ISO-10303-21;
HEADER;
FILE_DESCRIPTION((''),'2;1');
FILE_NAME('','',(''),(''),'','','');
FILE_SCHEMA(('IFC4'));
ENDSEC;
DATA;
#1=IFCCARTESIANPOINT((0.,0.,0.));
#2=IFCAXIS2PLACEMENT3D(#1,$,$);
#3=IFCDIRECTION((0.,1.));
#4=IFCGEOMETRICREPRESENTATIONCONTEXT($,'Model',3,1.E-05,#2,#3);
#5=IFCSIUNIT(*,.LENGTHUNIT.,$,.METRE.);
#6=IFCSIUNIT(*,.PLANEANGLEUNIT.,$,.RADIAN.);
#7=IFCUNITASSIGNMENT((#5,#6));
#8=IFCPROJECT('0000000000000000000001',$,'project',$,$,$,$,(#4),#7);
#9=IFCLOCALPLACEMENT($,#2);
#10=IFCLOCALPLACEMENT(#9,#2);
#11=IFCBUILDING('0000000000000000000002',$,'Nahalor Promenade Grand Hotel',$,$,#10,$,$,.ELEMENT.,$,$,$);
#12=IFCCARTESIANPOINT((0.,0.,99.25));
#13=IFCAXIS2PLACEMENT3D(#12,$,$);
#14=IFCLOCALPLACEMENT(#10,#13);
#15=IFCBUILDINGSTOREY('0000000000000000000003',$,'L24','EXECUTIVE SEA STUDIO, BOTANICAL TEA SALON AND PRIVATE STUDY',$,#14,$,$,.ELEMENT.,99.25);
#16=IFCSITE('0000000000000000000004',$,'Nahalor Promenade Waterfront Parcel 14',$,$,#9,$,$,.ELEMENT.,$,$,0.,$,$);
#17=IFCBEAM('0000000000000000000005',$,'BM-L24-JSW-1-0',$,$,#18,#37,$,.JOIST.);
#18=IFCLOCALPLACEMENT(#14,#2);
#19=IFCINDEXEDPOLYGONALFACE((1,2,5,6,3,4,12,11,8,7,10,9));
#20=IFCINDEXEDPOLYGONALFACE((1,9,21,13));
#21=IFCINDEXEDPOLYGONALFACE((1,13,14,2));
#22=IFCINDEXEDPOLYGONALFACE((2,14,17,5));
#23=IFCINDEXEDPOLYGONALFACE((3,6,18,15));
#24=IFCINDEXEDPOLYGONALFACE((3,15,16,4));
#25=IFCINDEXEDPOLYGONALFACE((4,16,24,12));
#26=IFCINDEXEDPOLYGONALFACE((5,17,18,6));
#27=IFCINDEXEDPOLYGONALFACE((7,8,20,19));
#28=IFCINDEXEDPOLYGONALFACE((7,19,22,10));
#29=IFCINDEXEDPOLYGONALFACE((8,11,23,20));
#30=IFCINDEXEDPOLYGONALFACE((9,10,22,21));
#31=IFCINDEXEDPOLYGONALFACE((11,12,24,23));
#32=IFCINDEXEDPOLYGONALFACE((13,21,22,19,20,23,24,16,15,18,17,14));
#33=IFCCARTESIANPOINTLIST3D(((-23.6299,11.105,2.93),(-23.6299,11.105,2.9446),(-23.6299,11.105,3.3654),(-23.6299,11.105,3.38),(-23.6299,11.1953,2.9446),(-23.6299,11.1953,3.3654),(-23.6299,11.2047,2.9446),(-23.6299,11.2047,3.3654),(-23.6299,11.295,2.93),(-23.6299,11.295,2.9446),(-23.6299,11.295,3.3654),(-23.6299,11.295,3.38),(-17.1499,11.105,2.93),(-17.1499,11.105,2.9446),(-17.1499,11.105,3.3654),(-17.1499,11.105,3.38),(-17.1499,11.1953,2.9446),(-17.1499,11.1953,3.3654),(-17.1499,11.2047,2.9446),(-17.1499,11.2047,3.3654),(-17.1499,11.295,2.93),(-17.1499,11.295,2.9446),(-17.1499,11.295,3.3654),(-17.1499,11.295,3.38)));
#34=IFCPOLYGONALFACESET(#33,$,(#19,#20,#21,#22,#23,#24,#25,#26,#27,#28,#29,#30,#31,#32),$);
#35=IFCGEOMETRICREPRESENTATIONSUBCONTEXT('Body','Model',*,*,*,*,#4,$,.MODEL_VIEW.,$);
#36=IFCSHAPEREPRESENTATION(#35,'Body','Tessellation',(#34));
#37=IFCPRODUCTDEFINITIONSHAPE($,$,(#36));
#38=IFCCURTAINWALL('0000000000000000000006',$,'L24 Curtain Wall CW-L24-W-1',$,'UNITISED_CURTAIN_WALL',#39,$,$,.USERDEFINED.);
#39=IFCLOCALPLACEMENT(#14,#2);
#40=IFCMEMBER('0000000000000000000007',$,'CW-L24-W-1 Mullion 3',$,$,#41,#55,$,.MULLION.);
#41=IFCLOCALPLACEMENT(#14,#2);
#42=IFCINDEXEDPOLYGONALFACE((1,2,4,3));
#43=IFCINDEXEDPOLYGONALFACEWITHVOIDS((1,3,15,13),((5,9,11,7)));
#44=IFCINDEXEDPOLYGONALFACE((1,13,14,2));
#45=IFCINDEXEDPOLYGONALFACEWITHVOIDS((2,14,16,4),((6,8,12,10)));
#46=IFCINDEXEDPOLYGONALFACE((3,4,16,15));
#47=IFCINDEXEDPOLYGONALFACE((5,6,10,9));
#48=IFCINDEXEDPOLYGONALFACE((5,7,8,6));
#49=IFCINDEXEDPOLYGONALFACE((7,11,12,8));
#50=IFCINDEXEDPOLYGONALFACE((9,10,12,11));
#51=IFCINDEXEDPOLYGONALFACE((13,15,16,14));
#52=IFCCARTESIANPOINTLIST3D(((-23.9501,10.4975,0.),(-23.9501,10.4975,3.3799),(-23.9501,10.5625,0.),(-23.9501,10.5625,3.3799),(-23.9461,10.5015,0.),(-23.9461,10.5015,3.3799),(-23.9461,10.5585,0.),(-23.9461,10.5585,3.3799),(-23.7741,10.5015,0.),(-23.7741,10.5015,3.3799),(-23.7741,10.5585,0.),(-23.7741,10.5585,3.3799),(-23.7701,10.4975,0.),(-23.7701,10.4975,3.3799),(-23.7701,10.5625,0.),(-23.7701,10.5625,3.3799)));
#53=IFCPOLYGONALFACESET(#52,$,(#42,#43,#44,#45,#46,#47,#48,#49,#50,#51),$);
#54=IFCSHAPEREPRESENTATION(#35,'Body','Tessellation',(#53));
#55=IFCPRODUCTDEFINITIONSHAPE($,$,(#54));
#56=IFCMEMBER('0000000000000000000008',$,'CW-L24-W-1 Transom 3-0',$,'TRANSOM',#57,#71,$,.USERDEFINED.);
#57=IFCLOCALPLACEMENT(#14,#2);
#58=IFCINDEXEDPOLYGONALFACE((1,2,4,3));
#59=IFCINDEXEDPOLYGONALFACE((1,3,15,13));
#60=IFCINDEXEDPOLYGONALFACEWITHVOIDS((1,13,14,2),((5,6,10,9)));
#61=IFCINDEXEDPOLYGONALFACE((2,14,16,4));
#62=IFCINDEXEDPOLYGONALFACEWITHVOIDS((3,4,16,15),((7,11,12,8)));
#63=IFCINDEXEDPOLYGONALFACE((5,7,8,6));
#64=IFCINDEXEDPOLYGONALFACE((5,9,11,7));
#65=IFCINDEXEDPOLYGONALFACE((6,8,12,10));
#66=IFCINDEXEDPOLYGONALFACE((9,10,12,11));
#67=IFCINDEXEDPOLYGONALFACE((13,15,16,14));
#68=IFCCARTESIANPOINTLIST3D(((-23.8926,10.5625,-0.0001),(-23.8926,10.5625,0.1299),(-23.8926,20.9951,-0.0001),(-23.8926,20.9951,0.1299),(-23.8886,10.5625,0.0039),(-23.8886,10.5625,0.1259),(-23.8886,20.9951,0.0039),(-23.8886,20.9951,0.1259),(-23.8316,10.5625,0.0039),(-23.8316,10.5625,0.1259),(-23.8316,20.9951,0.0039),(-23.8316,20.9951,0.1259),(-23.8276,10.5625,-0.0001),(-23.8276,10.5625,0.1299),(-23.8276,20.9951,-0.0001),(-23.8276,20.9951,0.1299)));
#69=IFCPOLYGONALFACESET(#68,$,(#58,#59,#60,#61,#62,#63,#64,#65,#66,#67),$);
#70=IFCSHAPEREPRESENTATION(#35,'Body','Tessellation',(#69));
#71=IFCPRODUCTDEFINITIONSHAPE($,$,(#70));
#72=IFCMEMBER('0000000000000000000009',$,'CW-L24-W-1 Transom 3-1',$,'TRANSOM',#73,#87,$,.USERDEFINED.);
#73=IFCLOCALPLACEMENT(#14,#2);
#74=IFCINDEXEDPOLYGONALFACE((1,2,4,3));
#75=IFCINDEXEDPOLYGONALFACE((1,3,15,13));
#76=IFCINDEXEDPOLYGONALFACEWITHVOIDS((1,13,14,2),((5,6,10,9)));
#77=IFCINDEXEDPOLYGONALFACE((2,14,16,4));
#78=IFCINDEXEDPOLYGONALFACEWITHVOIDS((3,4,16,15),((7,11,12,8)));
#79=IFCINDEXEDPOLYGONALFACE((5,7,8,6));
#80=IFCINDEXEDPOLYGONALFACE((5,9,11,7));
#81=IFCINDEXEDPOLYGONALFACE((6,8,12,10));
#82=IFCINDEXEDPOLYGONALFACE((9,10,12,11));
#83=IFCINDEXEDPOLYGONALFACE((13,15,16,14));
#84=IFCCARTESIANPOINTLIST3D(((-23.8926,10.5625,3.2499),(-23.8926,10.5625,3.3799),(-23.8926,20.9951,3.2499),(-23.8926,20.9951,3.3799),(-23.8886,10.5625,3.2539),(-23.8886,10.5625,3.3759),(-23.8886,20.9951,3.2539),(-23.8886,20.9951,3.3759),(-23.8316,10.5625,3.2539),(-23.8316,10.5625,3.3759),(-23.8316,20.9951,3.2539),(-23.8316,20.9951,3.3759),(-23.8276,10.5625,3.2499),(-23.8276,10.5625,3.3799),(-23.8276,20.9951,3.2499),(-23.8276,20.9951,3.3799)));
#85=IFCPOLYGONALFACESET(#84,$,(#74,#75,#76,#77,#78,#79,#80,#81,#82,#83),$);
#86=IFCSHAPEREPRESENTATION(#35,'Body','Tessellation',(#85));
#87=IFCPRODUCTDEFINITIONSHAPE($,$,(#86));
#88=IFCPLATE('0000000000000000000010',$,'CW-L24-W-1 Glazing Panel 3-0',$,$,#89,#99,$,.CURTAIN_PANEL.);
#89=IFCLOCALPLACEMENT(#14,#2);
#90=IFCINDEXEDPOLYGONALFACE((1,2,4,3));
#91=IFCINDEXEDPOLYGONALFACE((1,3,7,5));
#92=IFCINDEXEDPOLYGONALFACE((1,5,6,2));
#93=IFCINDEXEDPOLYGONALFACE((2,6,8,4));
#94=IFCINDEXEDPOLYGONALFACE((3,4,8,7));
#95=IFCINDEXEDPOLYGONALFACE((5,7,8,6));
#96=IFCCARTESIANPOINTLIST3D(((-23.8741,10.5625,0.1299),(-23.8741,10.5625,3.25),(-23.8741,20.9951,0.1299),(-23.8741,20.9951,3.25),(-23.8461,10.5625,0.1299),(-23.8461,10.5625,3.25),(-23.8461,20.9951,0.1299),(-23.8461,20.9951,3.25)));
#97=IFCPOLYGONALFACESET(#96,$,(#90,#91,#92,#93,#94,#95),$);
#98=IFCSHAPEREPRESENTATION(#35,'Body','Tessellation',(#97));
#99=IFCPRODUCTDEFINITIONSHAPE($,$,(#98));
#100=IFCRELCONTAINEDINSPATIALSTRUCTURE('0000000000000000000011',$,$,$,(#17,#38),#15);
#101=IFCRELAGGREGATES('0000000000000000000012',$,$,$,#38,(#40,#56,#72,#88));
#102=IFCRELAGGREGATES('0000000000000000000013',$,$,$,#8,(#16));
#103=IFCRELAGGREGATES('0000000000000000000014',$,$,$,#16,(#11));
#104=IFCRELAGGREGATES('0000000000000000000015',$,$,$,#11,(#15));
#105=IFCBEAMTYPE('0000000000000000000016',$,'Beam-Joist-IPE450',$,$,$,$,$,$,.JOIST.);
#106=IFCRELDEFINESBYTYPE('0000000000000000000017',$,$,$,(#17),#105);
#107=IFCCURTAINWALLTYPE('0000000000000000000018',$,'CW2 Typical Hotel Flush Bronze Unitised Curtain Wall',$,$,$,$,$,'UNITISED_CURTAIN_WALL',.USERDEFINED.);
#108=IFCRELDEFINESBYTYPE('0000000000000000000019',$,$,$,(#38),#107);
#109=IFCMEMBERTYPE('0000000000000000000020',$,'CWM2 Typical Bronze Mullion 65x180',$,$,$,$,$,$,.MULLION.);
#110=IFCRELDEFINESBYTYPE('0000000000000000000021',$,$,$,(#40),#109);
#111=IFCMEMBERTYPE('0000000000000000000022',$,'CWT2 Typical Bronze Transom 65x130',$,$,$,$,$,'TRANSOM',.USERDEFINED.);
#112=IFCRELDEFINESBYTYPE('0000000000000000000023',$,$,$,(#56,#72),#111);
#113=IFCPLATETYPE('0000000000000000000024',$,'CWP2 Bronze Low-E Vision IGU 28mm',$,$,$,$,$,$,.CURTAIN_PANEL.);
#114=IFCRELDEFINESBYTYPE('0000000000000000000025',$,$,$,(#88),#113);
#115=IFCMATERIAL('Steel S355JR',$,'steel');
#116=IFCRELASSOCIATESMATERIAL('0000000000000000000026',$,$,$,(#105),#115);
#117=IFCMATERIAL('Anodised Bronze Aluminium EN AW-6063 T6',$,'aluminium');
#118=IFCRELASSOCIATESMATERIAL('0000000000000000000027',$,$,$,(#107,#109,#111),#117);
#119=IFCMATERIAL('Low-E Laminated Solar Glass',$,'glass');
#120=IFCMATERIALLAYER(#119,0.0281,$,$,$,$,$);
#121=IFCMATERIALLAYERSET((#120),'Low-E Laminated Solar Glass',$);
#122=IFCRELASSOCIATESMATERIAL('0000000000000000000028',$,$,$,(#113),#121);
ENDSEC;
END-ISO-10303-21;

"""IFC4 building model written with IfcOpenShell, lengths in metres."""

from ifc_helpers import new_model, si_unit, direction, frame, origin, origin_2d, place, context, subcontext, project, spatial, rectangle, hollow_rectangle, i_section, extrude, source, transform, mapped, material, layer, layer_set, material_profile, profile_set, type_object, element, aggregate, save


model = new_model("IFC4")

# Units and contexts
model_context = context("Model", 3, precision=1e-05, world=origin(), true_north=direction((0.0, 1.0)))
body_context = subcontext(model_context, "Body", "Model", "MODEL_VIEW")
ifc_project = project(units=[si_unit("LENGTHUNIT", "METRE"), si_unit("PLANEANGLEUNIT", "RADIAN")], contexts=[model_context])

# Site, building, storey
site_placement = place(None, origin())
site = spatial("IfcSite", under=ifc_project, at=site_placement, Name="Nahalor Promenade Waterfront Parcel 14", CompositionType="ELEMENT", RefElevation=0.0)
building_placement = place(site_placement, origin())
building = spatial("IfcBuilding", under=site, at=building_placement, Name="Nahalor Promenade Grand Hotel", CompositionType="ELEMENT")
storey_placement = place(building_placement, frame((0.0, 0.0, 99.25)))
storey = spatial("IfcBuildingStorey", under=building, at=storey_placement, Name="L24", Description="EXECUTIVE SEA STUDIO, BOTANICAL TEA SALON AND PRIVATE STUDY", CompositionType="ELEMENT", Elevation=99.25)

# Beam
ifc_material_1 = material(Name="Steel S355JR", Category="steel")
ifc_material_profile_1 = material_profile(ifc_material_1, i_section(OverallWidth=0.19, OverallDepth=0.45, WebThickness=0.0094, FlangeThickness=0.0146, at=origin_2d()), Name="IPE 450")
ifc_profile_set_1 = profile_set([ifc_material_profile_1], Name="Steel S355JR")
beam_type_1 = type_object("IfcBeamType", Name="Beam-Joist-IPE450", PredefinedType="JOIST", material=ifc_profile_set_1)
shared_shape_1 = source(origin(), body_context, "Body", "SweptSolid", [
    extrude(i_section(OverallWidth=0.19, OverallDepth=0.45, WebThickness=0.0094, FlangeThickness=0.0146, at=origin_2d()), origin(), (0.0, 0.0, 1.0), 6.48),
])
beam_1_placement = place(storey_placement, frame((-23.6299, 11.2, 3.155), z_axis=(1.0, 0.0, 0.0), x_axis=(0.0, 1.0, 0.0)))
element("IfcBeam", 1, at=beam_1_placement, inside=storey, type_object=beam_type_1, Name="BM-L24-JSW-1-0", PredefinedType="JOIST", context=body_context, shape_type="MappedRepresentation", body=[
    mapped(shared_shape_1, transform((0.0, 0.0, 0.0), scale=1.0)),
])

# Curtain wall, members, plate
ifc_material_2 = material(Name="Anodised Bronze Aluminium EN AW-6063 T6", Category="aluminium")
curtain_wall_type = type_object("IfcCurtainWallType", Name="CW2 Typical Hotel Flush Bronze Unitised Curtain Wall", ElementType="UNITISED_CURTAIN_WALL", PredefinedType="USERDEFINED", material=ifc_material_2)
curtain_wall_placement = place(storey_placement, origin())
curtain_wall = element("IfcCurtainWall", 2, at=curtain_wall_placement, inside=storey, type_object=curtain_wall_type, Name="L24 Curtain Wall CW-L24-W-1", ObjectType="UNITISED_CURTAIN_WALL", PredefinedType="USERDEFINED")
ifc_material_profile_2 = material_profile(ifc_material_2, hollow_rectangle(XDim=0.065, YDim=0.18, WallThickness=0.004, at=origin_2d()), Name="CWM 65x180x4")
ifc_profile_set_2 = profile_set([ifc_material_profile_2], Name="Anodised Bronze Aluminium EN AW-6063 T6")
member_type_1 = type_object("IfcMemberType", Name="CWM2 Typical Bronze Mullion 65x180", PredefinedType="MULLION", material=ifc_profile_set_2)
shared_shape_2 = source(origin(), body_context, "Body", "SweptSolid", [
    extrude(hollow_rectangle(XDim=0.065, YDim=0.18, WallThickness=0.004, at=origin_2d()), origin(), (0.0, 0.0, 1.0), 3.3799),
])
member_1_placement = place(storey_placement, frame((-23.8601, 10.53, 0.0), z_axis=(0.0, 0.0, 1.0), x_axis=(0.0, 1.0, 0.0)))
member_1 = element("IfcMember", 3, at=member_1_placement, type_object=member_type_1, Name="CW-L24-W-1 Mullion 3", PredefinedType="MULLION", context=body_context, shape_type="MappedRepresentation", body=[
    mapped(shared_shape_2, transform((0.0, 0.0, 0.0), scale=1.0)),
])
ifc_material_profile_3 = material_profile(ifc_material_2, hollow_rectangle(XDim=0.065, YDim=0.13, WallThickness=0.004, at=origin_2d()), Name="CWT 65x130x4")
ifc_profile_set_3 = profile_set([ifc_material_profile_3], Name="Anodised Bronze Aluminium EN AW-6063 T6")
member_type_2 = type_object("IfcMemberType", Name="CWT2 Typical Bronze Transom 65x130", ElementType="TRANSOM", PredefinedType="USERDEFINED", material=ifc_profile_set_3)
shared_shape_3 = source(origin(), body_context, "Body", "SweptSolid", [
    extrude(hollow_rectangle(XDim=0.065, YDim=0.13, WallThickness=0.004, at=origin_2d()), origin(), (0.0, 0.0, 1.0), 10.4326),
])
member_2_placement = place(storey_placement, frame((-23.8601, 10.5625, 0.0649), z_axis=(0.0, 1.0, 0.0), x_axis=(-1.0, 0.0, 0.0)))
member_2 = element("IfcMember", 4, at=member_2_placement, type_object=member_type_2, Name="CW-L24-W-1 Transom 3-0", ObjectType="TRANSOM", PredefinedType="USERDEFINED", context=body_context, shape_type="MappedRepresentation", body=[
    mapped(shared_shape_3, transform((0.0, 0.0, 0.0), scale=1.0)),
])
member_3_placement = place(storey_placement, frame((-23.8601, 10.5625, 3.3149), z_axis=(0.0, 1.0, 0.0), x_axis=(-1.0, 0.0, 0.0)))
member_3 = element("IfcMember", 5, at=member_3_placement, type_object=member_type_2, Name="CW-L24-W-1 Transom 3-1", ObjectType="TRANSOM", PredefinedType="USERDEFINED", context=body_context, shape_type="MappedRepresentation", body=[
    mapped(shared_shape_3, transform((0.0, 0.0, 0.0), scale=1.0)),
])
ifc_material_3 = material(Name="Low-E Laminated Solar Glass", Category="glass")
ifc_layer = layer(ifc_material_3, 0.0281)
ifc_layer_set = layer_set([ifc_layer], Name="Low-E Laminated Solar Glass")
plate_type = type_object("IfcPlateType", Name="CWP2 Bronze Low-E Vision IGU 28mm", PredefinedType="CURTAIN_PANEL", material=ifc_layer_set)
shared_shape_4 = source(origin(), body_context, "Body", "SweptSolid", [
    extrude(rectangle(XDim=10.4326, YDim=0.0281, at=origin_2d()), origin(), (0.0, 0.0, 1.0), 3.1201),
])
plate_placement = place(storey_placement, frame((-23.8601, 15.7788, 0.1299), z_axis=(0.0, 0.0, 1.0), x_axis=(0.0, 1.0, 0.0)))
plate = element("IfcPlate", 6, at=plate_placement, type_object=plate_type, Name="CW-L24-W-1 Glazing Panel 3-0", PredefinedType="CURTAIN_PANEL", context=body_context, shape_type="MappedRepresentation", body=[
    mapped(shared_shape_4, transform((0.0, 0.0, 0.0), scale=1.0)),
])
aggregate(curtain_wall, [member_1, member_2, member_3, plate])

save(model, "model.ifc")
